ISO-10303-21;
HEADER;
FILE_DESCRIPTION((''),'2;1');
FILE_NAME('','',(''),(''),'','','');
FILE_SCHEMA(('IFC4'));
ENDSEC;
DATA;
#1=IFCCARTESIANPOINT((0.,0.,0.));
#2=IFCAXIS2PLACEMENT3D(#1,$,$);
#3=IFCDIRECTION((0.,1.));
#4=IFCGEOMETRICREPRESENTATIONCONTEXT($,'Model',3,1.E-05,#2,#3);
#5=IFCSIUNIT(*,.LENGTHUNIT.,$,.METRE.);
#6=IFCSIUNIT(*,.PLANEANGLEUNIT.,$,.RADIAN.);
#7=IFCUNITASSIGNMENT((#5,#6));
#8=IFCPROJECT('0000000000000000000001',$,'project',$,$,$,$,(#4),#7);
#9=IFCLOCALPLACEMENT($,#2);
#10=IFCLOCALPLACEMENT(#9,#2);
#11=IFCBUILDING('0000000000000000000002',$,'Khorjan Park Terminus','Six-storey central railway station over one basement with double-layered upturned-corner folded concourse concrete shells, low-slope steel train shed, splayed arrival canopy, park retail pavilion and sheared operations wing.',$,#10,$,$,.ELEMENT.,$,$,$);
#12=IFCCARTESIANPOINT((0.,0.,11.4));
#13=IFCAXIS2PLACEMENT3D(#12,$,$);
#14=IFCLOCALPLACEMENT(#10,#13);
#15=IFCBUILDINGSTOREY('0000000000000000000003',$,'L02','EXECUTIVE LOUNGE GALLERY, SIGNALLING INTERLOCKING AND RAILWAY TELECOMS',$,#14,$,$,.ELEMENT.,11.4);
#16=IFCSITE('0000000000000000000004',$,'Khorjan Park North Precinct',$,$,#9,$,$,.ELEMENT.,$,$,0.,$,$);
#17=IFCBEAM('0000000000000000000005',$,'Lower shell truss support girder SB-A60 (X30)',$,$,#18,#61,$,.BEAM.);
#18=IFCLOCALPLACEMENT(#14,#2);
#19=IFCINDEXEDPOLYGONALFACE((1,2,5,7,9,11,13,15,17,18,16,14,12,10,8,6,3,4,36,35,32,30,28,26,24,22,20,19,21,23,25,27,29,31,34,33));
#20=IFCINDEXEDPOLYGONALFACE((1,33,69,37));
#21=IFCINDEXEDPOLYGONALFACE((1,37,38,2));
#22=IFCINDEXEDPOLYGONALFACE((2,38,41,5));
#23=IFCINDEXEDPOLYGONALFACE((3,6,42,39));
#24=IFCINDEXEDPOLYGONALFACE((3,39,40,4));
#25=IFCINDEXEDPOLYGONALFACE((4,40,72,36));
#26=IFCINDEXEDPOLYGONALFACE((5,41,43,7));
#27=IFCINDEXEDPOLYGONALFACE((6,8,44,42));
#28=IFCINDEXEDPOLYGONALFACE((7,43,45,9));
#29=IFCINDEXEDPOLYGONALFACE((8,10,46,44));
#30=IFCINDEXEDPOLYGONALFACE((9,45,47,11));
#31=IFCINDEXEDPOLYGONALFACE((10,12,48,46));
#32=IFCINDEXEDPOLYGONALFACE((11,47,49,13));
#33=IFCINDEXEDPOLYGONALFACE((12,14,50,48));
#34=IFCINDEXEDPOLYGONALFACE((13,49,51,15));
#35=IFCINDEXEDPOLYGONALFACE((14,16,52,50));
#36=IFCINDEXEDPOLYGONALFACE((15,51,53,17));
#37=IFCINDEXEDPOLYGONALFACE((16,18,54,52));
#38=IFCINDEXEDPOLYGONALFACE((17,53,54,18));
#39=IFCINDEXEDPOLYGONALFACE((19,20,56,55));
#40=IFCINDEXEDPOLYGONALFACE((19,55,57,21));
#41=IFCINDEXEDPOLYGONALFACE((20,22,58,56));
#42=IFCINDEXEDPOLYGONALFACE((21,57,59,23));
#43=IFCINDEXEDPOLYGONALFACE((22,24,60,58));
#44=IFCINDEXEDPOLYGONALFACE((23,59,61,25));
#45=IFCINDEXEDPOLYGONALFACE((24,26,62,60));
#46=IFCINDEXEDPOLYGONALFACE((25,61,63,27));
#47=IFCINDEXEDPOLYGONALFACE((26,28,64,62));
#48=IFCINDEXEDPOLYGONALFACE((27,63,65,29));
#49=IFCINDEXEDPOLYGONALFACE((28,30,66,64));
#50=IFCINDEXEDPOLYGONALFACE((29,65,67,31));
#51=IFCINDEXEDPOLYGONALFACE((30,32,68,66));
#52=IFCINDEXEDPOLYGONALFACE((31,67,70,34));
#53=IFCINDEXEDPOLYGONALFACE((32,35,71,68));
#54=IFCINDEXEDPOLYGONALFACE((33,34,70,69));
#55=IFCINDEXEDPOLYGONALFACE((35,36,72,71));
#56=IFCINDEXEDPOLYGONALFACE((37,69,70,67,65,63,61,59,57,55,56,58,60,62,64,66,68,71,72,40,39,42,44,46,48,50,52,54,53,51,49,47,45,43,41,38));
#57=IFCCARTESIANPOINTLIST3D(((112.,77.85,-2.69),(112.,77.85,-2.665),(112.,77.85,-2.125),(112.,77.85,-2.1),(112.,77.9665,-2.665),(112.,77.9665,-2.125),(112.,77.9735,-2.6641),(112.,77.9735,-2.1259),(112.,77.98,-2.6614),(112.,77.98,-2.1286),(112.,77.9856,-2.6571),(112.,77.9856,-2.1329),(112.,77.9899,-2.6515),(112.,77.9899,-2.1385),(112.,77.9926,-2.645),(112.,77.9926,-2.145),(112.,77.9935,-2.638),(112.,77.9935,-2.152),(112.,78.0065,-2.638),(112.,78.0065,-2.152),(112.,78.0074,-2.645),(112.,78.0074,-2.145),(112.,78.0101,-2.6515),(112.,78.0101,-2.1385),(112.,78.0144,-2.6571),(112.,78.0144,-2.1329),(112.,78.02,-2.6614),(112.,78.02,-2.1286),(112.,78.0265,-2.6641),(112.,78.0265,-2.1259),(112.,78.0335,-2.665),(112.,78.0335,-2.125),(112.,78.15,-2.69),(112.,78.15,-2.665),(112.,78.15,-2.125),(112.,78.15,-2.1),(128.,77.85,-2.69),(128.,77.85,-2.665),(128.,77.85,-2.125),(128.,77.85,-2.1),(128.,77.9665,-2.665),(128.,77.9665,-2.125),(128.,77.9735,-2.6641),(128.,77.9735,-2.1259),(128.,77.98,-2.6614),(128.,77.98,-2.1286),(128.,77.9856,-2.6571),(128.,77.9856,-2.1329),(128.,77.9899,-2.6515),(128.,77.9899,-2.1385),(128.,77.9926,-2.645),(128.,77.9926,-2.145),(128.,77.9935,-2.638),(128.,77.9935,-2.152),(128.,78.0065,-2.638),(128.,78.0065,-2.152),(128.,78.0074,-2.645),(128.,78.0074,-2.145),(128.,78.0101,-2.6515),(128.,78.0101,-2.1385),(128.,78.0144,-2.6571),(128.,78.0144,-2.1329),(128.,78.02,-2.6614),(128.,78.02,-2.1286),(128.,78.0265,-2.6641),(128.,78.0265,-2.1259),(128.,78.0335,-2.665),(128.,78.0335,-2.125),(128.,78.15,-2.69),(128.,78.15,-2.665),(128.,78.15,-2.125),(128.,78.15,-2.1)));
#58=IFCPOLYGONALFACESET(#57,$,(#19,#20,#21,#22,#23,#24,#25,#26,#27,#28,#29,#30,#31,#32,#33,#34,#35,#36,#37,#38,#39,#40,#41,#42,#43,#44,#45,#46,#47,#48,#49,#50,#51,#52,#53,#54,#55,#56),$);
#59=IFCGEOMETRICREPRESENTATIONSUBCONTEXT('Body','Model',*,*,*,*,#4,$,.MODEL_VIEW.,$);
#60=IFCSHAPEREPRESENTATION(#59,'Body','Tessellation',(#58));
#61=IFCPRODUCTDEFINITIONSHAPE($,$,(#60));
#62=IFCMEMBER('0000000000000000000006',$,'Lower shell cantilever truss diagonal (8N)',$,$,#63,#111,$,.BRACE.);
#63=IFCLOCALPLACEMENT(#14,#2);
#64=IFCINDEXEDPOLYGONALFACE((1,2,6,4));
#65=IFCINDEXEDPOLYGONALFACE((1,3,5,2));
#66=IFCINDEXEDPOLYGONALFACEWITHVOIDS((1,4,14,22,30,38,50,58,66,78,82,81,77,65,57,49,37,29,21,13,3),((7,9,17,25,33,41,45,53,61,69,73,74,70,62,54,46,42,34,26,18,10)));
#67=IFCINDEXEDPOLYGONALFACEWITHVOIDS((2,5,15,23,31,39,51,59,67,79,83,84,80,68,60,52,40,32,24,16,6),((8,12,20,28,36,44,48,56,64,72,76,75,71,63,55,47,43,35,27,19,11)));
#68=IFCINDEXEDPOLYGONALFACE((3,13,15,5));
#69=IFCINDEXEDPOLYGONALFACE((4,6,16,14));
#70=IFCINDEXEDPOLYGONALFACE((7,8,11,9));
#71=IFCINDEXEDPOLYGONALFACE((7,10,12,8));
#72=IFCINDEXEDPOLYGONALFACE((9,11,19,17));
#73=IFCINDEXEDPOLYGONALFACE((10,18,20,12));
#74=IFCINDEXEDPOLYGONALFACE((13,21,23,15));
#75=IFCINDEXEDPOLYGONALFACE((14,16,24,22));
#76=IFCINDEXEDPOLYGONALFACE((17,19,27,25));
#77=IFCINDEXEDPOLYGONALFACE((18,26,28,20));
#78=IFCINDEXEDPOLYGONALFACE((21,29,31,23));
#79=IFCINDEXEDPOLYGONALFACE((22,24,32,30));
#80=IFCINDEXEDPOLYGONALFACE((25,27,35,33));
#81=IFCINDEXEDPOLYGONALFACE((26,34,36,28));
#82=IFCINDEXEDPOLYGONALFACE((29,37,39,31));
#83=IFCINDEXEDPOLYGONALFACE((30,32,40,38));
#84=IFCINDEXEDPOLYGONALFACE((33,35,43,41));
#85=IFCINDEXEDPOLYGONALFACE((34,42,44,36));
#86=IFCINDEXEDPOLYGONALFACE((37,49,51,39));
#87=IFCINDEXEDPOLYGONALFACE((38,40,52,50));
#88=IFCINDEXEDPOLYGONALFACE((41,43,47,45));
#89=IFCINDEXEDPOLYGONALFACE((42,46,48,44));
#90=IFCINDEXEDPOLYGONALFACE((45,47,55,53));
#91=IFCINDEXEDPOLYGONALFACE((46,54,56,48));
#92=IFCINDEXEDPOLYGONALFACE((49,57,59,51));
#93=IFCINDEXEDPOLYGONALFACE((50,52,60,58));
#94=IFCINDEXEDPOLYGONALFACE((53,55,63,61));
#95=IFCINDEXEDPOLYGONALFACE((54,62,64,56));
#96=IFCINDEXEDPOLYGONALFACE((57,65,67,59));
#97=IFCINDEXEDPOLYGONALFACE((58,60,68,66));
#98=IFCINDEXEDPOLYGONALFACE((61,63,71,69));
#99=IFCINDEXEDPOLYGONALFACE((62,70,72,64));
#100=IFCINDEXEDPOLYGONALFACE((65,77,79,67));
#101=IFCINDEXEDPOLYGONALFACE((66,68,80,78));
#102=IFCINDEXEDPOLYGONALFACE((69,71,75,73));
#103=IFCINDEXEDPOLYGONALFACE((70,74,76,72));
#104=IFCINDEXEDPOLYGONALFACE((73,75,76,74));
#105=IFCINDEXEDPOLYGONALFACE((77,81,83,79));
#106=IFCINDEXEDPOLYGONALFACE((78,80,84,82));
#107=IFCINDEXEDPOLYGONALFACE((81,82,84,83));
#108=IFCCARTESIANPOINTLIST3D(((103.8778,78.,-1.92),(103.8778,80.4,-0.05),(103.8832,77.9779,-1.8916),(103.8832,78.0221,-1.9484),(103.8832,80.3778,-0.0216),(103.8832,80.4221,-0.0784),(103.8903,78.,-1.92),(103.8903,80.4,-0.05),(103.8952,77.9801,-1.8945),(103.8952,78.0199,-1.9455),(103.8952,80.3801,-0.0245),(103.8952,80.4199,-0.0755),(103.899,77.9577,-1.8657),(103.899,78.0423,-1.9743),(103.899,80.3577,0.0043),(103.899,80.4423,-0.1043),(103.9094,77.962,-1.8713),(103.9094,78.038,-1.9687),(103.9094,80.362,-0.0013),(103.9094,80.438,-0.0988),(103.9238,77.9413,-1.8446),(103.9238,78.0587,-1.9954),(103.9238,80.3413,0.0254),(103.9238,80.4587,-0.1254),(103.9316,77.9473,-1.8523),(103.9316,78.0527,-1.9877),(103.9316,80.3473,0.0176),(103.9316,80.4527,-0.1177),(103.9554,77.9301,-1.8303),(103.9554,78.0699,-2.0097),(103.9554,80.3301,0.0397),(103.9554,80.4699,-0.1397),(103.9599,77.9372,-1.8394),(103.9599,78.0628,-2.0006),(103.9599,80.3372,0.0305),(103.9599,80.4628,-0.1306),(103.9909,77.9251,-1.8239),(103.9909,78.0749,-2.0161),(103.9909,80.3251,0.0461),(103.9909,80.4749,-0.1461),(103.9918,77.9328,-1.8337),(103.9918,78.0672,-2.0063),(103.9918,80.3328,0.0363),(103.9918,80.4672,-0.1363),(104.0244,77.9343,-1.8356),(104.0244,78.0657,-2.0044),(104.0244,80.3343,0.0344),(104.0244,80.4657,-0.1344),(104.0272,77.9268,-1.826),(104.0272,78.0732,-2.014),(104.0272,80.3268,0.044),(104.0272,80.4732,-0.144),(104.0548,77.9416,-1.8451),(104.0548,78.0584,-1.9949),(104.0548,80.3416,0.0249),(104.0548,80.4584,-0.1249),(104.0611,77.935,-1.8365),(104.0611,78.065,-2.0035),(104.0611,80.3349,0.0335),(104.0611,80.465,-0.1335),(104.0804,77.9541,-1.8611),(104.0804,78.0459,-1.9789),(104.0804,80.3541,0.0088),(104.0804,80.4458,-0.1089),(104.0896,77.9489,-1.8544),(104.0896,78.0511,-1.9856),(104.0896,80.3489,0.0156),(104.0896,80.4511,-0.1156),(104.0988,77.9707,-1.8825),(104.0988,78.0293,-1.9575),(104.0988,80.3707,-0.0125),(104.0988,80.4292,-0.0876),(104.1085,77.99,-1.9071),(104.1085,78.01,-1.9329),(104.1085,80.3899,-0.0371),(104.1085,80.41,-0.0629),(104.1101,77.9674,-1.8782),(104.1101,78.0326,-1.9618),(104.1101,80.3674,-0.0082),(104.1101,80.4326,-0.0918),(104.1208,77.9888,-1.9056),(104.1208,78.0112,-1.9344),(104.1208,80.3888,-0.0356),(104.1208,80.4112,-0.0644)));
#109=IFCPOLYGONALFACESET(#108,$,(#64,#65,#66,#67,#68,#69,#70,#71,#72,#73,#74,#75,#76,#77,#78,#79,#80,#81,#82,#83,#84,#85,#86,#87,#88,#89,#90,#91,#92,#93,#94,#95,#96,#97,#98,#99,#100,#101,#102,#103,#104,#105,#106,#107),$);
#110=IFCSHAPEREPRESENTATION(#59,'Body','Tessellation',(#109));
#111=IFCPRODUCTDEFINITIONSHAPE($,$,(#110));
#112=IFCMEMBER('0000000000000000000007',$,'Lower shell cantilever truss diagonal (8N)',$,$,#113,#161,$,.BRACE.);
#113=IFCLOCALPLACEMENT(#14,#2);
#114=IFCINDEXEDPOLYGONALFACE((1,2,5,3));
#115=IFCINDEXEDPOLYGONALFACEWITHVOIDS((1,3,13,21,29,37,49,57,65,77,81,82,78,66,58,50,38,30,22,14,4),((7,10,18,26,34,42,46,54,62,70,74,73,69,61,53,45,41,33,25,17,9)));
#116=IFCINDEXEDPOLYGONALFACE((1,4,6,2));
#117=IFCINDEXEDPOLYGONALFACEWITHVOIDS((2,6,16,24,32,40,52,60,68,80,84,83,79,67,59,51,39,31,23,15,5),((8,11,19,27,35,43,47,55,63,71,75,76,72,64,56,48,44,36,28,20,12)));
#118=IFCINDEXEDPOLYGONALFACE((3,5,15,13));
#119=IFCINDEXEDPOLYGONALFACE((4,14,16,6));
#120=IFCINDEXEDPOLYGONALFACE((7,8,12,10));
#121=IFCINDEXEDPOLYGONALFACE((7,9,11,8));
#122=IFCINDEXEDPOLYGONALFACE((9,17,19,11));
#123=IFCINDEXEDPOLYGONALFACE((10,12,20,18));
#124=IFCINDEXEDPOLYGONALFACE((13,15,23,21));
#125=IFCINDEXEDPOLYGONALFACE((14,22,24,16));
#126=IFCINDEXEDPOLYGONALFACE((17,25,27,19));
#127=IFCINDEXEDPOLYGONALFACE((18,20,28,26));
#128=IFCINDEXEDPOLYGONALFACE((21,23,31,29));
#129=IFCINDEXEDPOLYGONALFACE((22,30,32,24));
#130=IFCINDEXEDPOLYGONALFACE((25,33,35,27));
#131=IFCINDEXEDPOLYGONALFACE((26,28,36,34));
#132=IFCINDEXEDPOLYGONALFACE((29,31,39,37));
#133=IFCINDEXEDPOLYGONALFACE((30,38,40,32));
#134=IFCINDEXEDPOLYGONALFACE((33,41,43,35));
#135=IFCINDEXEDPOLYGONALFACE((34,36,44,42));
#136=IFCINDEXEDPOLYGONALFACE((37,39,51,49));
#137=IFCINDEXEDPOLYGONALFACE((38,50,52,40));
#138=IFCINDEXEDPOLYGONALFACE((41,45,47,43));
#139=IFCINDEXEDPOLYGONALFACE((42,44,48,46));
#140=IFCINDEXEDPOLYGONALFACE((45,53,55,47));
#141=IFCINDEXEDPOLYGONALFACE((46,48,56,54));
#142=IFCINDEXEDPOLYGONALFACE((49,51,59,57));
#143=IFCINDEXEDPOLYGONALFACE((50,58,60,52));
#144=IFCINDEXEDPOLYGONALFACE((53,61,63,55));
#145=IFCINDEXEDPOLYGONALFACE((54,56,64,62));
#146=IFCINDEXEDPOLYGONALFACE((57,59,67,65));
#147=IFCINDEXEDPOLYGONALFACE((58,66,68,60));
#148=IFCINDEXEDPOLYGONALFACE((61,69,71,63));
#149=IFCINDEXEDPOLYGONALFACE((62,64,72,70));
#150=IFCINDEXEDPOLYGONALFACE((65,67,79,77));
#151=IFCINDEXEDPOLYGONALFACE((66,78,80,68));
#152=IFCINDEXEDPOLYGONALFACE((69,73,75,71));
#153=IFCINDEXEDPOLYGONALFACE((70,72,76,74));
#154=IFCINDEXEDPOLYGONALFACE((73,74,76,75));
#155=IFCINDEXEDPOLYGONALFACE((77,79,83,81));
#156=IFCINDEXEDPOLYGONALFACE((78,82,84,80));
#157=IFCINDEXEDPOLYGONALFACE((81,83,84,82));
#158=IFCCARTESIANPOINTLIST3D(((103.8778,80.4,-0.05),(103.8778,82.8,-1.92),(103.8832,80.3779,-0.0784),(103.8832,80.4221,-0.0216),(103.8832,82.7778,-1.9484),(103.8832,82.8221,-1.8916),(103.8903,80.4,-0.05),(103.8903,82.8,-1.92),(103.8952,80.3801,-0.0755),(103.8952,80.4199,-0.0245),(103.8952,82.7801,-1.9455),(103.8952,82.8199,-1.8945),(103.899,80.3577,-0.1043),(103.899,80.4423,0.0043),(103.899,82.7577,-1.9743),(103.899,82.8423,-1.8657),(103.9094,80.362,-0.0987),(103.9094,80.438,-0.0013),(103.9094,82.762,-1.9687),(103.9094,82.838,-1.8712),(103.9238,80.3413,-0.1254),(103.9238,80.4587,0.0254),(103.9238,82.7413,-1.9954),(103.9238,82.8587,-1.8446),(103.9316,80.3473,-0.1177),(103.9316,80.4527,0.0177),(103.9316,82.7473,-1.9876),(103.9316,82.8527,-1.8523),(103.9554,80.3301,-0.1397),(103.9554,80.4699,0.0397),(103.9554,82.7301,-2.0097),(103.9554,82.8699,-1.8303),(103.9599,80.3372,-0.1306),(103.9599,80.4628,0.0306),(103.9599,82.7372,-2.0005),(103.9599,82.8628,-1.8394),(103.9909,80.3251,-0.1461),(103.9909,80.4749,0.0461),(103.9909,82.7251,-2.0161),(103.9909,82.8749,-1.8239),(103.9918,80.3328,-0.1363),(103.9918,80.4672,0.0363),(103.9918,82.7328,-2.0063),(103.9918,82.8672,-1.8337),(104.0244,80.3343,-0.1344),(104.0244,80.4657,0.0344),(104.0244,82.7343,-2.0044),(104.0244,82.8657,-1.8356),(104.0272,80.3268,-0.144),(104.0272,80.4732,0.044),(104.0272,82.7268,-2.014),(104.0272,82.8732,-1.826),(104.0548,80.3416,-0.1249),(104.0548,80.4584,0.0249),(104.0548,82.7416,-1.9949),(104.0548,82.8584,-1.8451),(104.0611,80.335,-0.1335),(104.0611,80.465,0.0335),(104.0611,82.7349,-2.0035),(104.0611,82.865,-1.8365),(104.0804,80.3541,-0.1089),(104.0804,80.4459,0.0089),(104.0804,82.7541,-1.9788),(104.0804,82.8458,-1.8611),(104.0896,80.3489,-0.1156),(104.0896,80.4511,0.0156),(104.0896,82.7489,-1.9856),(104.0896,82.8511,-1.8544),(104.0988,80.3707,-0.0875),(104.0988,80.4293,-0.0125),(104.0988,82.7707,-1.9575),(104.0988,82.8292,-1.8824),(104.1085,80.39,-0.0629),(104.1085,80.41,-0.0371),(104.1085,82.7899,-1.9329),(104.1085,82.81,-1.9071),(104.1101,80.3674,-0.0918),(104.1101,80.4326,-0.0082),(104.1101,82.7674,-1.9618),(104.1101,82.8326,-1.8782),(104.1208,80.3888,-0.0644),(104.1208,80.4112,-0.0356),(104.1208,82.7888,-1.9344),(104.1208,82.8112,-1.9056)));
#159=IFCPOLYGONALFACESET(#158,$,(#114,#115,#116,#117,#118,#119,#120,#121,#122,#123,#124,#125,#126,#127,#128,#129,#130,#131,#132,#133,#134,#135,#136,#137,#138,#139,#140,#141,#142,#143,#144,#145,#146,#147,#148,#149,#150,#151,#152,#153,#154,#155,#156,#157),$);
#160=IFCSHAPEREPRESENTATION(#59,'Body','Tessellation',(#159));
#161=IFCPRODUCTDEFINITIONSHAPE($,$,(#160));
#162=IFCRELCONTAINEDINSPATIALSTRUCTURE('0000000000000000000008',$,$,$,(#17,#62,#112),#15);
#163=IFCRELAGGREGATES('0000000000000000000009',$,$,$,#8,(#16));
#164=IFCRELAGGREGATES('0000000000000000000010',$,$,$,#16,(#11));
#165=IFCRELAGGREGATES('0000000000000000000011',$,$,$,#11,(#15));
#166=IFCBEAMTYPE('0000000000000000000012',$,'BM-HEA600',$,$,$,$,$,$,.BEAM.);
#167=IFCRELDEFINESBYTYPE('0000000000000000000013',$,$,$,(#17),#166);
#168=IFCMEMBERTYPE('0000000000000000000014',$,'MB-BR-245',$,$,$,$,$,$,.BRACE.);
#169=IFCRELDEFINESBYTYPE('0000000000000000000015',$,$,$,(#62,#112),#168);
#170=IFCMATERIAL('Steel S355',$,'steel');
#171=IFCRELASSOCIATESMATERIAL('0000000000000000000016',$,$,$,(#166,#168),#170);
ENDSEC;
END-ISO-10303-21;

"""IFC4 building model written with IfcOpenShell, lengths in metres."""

from ifc_helpers import new_model, si_unit, direction, frame, origin, origin_2d, place, context, subcontext, project, spatial, hollow_circle, i_section, extrude, material, material_profile, profile_set, type_object, element, save


model = new_model("IFC4")

# Units and contexts
model_context = context("Model", 3, precision=1e-05, world=origin(), true_north=direction((0.0, 1.0)))
body_context = subcontext(model_context, "Body", "Model", "MODEL_VIEW")
ifc_project = project(units=[si_unit("LENGTHUNIT", "METRE"), si_unit("PLANEANGLEUNIT", "RADIAN")], contexts=[model_context])

# Site, building, storey
site_placement = place(None, origin())
site = spatial("IfcSite", under=ifc_project, at=site_placement, Name="Khorjan Park North Precinct", CompositionType="ELEMENT", RefElevation=0.0)
building_placement = place(site_placement, origin())
building = spatial("IfcBuilding", under=site, at=building_placement, Name="Khorjan Park Terminus", Description="Six-storey central railway station over one basement with double-layered upturned-corner folded concourse concrete shells, low-slope steel train shed, splayed arrival canopy, park retail pavilion and sheared operations wing.", CompositionType="ELEMENT")
storey_placement = place(building_placement, frame((0.0, 0.0, 11.4)))
storey = spatial("IfcBuildingStorey", under=building, at=storey_placement, Name="L02", Description="EXECUTIVE LOUNGE GALLERY, SIGNALLING INTERLOCKING AND RAILWAY TELECOMS", CompositionType="ELEMENT", Elevation=11.4)

# Beam
ifc_material_1 = material(Name="Steel S355", Category="steel")
ifc_material_profile_1 = material_profile(ifc_material_1, i_section(OverallWidth=0.3, OverallDepth=0.59, WebThickness=0.013, FlangeThickness=0.025, FilletRadius=0.027, at=origin_2d()), Name="HEA 600")
ifc_profile_set_1 = profile_set([ifc_material_profile_1], Name="Steel S355")
beam_type = type_object("IfcBeamType", Name="BM-HEA600", PredefinedType="BEAM", material=ifc_profile_set_1)
beam_placement = place(storey_placement, frame((112.0, 78.0, -2.395), z_axis=(1.0, 0.0, 0.0), x_axis=(0.0, 1.0, 0.0)))
element("IfcBeam", 1, at=beam_placement, inside=storey, type_object=beam_type, Name="Lower shell truss support girder SB-A60 (X30)", PredefinedType="BEAM", context=body_context, shape_type="SweptSolid", body=[
    extrude(i_section(OverallWidth=0.3, OverallDepth=0.59, WebThickness=0.013, FlangeThickness=0.025, FilletRadius=0.027, at=origin_2d()), origin(), (0.0, 0.0, 1.0), 16.0),
])

# Members
ifc_material_profile_2 = material_profile(ifc_material_1, hollow_circle(Radius=0.1222, WallThickness=0.0125, at=origin_2d()), Name="CHS 244.5x12.5")
ifc_profile_set_2 = profile_set([ifc_material_profile_2], Name="Steel S355")
member_type_1 = type_object("IfcMemberType", Name="MB-BR-245", PredefinedType="BRACE", material=ifc_profile_set_2)
for number, where, z_axis, x_axis, name in (
    (2, (104.0, 78.0, -1.92), (0.0, 0.788821, 0.614623), (-1.0, 0.0, 0.0), "Lower shell cantilever truss diagonal (8N)"),
    (3, (104.0, 80.4, -0.05), (0.0, 0.788821, -0.614623), (-1.0, 0.0, 0.0), "Lower shell cantilever truss diagonal (8N)"),
):
    element("IfcMember", number, at=place(storey_placement, frame(where, z_axis=z_axis, x_axis=x_axis)), inside=storey, type_object=member_type_1, Name=name, PredefinedType="BRACE", context=body_context, shape_type="SweptSolid", body=[
        extrude(hollow_circle(Radius=0.1222, WallThickness=0.0125, at=origin_2d()), origin(), (0.0, 0.0, 1.0), 3.0425),
    ])

save(model, "model.ifc")
